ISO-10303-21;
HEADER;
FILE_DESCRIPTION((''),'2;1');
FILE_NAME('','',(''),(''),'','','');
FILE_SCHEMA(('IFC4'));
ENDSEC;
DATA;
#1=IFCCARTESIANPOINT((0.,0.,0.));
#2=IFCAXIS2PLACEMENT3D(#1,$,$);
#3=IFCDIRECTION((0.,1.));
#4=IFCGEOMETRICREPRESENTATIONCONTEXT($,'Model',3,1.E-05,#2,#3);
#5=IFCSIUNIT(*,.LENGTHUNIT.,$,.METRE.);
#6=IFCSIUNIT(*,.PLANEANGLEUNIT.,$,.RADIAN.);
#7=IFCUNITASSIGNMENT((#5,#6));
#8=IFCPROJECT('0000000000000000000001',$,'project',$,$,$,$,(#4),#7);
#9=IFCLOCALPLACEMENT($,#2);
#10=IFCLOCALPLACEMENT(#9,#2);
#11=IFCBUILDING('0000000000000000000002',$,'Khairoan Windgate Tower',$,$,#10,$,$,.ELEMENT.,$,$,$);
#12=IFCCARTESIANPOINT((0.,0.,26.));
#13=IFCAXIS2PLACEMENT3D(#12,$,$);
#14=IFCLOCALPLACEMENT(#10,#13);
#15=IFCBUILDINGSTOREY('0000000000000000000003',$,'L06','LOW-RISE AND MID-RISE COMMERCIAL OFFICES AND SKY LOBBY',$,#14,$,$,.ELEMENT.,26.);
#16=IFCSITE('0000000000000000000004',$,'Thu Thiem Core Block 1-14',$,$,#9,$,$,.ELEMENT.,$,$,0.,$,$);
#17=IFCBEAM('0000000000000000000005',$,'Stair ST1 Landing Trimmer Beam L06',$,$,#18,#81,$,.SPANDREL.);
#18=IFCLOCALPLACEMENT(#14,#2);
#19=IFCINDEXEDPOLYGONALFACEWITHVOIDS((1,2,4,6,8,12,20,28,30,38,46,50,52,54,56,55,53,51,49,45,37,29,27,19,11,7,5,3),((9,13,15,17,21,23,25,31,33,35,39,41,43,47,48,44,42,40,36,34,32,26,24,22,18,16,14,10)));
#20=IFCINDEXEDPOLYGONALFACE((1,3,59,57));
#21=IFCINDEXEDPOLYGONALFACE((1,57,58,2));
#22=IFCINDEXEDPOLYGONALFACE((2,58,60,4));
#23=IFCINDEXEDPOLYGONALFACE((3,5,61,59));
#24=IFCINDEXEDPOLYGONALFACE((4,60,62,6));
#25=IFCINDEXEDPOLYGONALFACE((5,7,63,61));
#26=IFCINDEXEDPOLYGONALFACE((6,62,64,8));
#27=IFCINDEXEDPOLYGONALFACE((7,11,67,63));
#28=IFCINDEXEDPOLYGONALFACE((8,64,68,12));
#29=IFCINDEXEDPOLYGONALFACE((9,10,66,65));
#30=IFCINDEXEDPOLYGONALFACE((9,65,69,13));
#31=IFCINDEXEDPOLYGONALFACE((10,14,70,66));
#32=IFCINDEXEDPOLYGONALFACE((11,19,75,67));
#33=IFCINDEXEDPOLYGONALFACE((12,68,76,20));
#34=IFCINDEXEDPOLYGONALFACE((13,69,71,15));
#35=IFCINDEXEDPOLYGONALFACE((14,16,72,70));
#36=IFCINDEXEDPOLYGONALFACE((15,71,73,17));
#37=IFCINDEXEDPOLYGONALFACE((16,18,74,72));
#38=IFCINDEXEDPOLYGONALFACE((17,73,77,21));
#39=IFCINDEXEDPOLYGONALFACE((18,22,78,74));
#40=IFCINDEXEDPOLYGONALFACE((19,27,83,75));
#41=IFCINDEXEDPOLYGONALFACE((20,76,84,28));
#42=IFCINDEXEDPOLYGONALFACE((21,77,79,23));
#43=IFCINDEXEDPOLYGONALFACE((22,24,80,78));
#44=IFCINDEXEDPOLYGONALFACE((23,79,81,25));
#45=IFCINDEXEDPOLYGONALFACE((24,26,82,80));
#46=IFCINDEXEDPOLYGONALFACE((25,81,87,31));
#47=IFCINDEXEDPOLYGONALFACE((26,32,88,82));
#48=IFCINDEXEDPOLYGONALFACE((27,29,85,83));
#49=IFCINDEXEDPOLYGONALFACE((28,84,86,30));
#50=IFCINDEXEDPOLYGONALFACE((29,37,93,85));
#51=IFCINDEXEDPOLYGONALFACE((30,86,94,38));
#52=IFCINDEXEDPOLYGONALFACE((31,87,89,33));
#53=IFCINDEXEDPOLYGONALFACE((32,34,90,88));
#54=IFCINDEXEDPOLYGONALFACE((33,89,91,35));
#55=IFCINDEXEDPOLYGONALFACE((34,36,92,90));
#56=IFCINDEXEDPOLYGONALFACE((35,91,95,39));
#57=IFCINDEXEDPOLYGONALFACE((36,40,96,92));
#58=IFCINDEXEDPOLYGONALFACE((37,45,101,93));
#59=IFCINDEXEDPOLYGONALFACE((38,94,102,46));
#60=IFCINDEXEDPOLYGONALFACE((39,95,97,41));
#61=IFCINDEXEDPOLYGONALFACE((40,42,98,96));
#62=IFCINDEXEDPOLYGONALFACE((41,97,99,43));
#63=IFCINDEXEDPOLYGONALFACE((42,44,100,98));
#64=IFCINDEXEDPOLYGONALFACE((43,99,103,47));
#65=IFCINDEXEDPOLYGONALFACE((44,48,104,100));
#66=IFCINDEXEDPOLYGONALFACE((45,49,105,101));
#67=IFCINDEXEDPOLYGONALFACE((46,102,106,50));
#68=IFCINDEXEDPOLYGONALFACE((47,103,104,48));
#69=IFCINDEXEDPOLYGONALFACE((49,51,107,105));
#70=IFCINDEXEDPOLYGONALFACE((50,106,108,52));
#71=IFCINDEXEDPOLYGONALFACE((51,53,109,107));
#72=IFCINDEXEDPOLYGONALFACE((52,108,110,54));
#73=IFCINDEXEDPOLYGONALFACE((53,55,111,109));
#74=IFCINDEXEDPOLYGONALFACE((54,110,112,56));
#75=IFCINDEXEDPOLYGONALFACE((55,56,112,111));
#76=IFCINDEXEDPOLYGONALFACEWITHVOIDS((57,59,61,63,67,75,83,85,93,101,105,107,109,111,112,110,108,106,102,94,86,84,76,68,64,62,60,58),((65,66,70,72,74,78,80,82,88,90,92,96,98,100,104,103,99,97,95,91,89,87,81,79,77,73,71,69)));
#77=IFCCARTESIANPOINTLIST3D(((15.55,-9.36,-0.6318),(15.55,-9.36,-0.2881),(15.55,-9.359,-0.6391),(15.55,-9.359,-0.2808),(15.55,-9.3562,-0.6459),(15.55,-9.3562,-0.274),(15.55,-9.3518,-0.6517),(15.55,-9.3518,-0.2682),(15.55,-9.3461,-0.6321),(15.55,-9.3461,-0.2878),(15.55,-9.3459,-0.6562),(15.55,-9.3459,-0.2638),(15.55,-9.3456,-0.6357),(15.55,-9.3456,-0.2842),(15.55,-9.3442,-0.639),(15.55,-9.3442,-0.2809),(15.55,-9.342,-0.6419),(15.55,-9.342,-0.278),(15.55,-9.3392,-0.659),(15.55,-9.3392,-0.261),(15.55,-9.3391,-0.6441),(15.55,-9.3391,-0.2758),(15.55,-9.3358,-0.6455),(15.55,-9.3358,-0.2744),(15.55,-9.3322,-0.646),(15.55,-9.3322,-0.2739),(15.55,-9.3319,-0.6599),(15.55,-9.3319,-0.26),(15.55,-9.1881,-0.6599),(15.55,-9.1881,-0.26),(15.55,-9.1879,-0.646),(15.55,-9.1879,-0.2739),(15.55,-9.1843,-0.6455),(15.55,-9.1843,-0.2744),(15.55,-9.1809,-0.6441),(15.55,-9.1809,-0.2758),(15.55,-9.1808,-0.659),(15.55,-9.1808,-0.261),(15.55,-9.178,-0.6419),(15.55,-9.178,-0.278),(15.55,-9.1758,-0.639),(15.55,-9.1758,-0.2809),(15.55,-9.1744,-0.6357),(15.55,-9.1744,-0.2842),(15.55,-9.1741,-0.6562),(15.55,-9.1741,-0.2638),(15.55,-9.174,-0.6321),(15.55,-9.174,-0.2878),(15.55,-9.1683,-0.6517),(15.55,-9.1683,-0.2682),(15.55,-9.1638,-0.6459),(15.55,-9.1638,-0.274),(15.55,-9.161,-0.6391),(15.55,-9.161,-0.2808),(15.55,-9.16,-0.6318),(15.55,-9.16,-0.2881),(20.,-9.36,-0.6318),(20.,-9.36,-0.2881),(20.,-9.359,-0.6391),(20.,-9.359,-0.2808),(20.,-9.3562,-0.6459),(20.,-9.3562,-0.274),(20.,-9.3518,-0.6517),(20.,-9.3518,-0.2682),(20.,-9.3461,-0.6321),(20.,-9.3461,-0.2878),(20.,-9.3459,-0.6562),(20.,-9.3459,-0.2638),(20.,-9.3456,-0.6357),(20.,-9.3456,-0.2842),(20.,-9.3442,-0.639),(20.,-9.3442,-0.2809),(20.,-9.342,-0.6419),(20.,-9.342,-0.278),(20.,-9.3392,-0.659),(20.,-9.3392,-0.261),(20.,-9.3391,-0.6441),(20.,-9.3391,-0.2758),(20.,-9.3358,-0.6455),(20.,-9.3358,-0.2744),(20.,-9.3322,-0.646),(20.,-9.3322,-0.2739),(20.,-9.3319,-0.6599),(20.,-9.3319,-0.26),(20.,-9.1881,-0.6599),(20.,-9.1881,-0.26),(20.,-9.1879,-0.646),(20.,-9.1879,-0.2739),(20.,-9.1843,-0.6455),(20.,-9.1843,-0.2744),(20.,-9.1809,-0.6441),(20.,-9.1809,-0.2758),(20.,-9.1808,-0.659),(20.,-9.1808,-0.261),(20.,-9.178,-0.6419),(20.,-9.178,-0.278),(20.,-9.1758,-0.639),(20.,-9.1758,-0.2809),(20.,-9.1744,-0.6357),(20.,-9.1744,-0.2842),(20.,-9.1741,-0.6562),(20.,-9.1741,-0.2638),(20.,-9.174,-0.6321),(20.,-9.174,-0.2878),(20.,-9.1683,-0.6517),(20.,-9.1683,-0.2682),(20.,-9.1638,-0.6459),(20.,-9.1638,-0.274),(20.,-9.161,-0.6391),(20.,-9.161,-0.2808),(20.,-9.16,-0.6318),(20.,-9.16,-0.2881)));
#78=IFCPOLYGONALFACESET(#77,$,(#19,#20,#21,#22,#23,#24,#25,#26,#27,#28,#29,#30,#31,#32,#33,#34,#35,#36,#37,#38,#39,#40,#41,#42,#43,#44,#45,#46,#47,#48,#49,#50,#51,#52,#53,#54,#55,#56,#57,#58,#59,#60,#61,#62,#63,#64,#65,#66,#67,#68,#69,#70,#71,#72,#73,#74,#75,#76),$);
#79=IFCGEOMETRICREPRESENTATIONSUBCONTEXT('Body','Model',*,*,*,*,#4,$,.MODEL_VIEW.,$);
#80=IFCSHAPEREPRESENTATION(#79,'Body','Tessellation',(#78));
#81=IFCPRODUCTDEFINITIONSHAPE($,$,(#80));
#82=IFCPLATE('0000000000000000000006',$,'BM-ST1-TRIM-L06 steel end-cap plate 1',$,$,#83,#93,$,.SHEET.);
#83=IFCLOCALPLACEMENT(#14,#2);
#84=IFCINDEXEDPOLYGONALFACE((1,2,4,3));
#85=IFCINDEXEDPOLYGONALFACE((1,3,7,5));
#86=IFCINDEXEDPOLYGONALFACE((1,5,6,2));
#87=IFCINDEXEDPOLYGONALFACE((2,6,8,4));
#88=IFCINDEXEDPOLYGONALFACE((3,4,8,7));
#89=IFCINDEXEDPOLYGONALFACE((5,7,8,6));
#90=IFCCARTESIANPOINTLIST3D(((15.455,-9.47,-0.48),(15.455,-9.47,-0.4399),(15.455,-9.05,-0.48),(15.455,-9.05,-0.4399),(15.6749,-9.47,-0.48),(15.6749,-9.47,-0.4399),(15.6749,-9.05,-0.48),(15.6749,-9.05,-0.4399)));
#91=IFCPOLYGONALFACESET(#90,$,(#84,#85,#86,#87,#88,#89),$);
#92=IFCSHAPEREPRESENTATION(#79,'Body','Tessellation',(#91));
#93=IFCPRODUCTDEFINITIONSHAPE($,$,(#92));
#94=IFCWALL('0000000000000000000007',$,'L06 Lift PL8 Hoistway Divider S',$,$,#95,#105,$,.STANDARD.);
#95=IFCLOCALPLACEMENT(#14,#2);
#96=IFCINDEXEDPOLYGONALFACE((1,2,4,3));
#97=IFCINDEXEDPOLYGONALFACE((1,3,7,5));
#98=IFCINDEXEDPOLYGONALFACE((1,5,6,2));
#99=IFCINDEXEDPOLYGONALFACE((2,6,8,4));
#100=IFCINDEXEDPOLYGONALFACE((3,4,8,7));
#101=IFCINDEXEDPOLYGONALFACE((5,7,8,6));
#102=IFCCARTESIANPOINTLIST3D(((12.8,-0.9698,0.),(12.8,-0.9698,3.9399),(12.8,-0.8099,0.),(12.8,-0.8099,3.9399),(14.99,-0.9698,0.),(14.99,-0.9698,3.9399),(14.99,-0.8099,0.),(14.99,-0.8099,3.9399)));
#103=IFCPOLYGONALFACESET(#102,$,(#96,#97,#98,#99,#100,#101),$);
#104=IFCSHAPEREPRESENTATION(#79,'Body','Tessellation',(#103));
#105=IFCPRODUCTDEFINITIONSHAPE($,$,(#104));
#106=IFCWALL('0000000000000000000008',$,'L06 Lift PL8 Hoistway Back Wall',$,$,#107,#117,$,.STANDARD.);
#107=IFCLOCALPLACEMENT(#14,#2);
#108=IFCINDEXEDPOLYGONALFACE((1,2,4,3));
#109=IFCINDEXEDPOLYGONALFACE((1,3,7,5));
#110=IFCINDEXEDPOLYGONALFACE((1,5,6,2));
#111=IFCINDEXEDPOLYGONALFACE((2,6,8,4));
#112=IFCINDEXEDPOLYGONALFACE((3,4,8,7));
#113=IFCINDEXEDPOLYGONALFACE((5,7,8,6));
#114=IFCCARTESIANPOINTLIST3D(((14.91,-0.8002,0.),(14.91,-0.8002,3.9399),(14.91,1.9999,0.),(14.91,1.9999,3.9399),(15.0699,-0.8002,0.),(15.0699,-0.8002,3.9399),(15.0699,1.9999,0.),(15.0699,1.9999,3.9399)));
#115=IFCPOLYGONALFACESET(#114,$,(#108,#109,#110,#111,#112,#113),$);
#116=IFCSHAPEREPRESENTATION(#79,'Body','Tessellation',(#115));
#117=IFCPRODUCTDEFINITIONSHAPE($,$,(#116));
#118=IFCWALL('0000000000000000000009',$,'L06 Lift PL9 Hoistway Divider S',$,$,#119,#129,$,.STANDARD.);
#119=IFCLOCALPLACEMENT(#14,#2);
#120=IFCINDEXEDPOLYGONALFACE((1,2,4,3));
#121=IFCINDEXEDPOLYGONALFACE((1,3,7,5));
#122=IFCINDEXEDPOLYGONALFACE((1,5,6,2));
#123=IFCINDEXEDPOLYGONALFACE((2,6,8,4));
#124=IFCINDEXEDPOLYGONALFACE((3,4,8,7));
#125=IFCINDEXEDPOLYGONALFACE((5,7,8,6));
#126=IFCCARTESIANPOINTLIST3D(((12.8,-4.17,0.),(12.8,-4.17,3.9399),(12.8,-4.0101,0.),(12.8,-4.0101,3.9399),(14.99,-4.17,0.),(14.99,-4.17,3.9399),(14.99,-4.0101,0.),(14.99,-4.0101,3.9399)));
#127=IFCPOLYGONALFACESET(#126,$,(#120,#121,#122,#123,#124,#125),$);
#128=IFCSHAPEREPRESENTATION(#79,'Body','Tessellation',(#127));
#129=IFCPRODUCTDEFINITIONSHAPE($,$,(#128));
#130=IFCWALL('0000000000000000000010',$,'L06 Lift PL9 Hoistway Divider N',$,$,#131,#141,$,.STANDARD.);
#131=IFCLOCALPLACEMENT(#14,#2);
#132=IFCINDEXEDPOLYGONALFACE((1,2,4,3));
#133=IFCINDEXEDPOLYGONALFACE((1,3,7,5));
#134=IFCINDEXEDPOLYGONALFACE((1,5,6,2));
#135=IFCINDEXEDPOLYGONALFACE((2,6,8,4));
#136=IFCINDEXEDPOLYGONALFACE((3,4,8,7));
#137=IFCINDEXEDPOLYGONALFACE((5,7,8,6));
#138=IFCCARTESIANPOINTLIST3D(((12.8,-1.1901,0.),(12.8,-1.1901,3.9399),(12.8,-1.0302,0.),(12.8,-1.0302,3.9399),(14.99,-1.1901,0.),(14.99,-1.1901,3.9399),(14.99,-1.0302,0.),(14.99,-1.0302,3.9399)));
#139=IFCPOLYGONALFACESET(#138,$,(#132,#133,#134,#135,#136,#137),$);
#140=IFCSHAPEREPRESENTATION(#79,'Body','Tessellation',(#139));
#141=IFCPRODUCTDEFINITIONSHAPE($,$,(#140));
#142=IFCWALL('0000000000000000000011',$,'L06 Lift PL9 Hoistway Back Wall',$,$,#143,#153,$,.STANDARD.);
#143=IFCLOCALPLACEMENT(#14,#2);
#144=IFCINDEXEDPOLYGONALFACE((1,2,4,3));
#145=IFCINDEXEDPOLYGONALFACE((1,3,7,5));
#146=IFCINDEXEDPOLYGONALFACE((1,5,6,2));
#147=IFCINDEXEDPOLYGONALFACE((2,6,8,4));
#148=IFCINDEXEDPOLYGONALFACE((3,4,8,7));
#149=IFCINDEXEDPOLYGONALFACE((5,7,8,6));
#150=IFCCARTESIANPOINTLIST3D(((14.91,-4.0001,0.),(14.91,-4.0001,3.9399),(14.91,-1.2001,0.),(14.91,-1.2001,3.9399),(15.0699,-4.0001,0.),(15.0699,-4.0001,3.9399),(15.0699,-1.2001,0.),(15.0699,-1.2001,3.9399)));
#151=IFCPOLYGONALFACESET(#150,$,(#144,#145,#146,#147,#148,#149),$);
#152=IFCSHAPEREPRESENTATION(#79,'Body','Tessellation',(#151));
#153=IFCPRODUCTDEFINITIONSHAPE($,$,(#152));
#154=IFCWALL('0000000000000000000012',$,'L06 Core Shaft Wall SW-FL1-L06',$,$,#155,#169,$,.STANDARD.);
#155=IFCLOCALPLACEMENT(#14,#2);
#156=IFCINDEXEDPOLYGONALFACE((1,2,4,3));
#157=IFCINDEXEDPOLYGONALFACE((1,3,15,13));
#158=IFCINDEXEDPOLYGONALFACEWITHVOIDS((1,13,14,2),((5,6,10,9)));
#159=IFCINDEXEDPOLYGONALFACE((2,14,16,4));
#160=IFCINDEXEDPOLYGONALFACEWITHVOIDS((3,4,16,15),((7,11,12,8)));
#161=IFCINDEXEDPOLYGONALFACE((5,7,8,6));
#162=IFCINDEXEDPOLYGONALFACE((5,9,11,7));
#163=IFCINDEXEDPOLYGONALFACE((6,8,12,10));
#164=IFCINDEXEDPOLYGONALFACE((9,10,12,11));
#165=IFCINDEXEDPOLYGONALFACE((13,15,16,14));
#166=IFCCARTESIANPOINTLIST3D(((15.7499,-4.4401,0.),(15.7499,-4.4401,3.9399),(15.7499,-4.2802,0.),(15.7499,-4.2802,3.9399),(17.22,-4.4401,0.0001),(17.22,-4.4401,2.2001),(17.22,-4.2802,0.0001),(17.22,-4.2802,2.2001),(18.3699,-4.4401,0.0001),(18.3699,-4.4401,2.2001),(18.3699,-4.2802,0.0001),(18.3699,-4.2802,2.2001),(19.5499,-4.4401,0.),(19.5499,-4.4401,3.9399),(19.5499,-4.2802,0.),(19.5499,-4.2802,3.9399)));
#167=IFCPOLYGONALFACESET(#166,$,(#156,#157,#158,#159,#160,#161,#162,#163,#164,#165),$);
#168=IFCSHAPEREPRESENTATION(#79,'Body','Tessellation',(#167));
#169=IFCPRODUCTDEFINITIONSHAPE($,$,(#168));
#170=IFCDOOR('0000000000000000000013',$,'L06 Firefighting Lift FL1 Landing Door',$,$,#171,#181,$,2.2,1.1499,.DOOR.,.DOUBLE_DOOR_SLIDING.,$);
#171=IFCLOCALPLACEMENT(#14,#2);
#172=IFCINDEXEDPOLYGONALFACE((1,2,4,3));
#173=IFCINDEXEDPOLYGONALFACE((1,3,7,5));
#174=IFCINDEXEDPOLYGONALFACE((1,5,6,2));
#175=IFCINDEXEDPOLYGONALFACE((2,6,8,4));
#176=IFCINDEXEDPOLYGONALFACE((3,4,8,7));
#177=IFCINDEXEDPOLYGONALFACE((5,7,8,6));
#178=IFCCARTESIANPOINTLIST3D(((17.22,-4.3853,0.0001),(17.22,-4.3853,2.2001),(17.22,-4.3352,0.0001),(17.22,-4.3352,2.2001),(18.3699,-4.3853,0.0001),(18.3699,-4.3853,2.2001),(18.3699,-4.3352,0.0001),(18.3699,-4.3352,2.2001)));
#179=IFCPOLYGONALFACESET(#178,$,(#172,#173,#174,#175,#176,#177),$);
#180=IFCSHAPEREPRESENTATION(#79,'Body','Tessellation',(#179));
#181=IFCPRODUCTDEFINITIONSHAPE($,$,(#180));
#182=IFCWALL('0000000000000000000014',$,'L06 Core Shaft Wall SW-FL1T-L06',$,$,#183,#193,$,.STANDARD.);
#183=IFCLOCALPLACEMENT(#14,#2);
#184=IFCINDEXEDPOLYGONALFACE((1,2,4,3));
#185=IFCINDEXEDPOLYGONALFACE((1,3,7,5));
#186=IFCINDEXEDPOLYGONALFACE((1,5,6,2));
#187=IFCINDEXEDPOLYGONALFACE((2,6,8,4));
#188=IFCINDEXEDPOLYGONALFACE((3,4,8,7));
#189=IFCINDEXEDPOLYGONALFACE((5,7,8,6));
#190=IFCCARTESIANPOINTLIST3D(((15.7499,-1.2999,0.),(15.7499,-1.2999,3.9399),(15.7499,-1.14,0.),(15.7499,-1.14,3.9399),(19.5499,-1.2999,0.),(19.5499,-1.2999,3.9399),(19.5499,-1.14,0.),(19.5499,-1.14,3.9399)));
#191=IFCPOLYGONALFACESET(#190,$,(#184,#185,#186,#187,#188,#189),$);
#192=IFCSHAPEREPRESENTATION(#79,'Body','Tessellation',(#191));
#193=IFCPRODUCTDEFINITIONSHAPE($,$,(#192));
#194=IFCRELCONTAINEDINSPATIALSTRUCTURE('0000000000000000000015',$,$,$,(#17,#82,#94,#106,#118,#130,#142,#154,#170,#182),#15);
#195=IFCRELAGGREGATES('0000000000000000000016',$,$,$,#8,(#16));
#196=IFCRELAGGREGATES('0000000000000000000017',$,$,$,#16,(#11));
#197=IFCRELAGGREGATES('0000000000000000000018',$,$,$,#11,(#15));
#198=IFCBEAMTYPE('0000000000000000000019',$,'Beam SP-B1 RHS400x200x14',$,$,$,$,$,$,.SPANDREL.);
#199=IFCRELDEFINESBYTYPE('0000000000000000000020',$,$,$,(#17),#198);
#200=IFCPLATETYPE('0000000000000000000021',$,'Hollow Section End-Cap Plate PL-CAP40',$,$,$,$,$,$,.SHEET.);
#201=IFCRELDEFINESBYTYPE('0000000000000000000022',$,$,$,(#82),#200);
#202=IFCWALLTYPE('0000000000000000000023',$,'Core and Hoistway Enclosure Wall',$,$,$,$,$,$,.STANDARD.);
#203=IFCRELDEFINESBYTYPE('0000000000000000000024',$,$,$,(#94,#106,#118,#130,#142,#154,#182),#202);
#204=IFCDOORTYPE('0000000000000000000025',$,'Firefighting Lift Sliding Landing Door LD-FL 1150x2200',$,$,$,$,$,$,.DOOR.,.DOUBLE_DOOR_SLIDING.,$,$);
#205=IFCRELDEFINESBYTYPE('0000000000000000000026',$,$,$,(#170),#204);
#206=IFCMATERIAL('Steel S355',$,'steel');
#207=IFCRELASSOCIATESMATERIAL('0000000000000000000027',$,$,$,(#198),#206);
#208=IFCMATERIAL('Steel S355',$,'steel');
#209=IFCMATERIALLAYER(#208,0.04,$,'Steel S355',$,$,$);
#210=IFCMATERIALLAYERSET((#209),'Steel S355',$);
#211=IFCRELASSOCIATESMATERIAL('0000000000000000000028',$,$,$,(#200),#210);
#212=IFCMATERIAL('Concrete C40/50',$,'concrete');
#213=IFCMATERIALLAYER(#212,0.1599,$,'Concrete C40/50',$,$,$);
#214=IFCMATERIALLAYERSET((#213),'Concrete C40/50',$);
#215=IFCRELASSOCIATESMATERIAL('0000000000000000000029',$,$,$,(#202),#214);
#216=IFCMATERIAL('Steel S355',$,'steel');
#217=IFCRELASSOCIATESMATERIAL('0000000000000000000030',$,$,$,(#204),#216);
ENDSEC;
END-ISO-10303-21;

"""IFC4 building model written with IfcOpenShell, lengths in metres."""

from ifc_helpers import new_model, si_unit, direction, frame, frame_2d, origin, origin_2d, place, context, subcontext, project, spatial, rectangle, hollow_rectangle, extrude, material, layer, layer_set, material_profile, profile_set, type_object, element, fill, save


model = new_model("IFC4")

# Units and contexts
model_context = context("Model", 3, precision=1e-05, world=origin(), true_north=direction((0.0, 1.0)))
body_context = subcontext(model_context, "Body", "Model", "MODEL_VIEW")
ifc_project = project(units=[si_unit("LENGTHUNIT", "METRE"), si_unit("PLANEANGLEUNIT", "RADIAN")], contexts=[model_context])

# Site, building, storey
site_placement = place(None, origin())
site = spatial("IfcSite", under=ifc_project, at=site_placement, Name="Thu Thiem Core Block 1-14", CompositionType="ELEMENT", RefElevation=0.0)
building_placement = place(site_placement, origin())
building = spatial("IfcBuilding", under=site, at=building_placement, Name="Khairoan Windgate Tower", CompositionType="ELEMENT")
storey_placement = place(building_placement, frame((0.0, 0.0, 26.0)))
storey = spatial("IfcBuildingStorey", under=building, at=storey_placement, Name="L06", Description="LOW-RISE AND MID-RISE COMMERCIAL OFFICES AND SKY LOBBY", CompositionType="ELEMENT", Elevation=26.0)

# Beam
ifc_material_1 = material(Name="Steel S355", Category="steel")
ifc_material_profile_1 = material_profile(ifc_material_1, hollow_rectangle(XDim=0.2, YDim=0.3999, WallThickness=0.0139, InnerFilletRadius=0.0139, OuterFilletRadius=0.0281, at=origin_2d()))
ifc_profile_set_1 = profile_set([ifc_material_profile_1], Name="Steel S355")
beam_type_1 = type_object("IfcBeamType", Name="Beam SP-B1 RHS400x200x14", PredefinedType="SPANDREL", material=ifc_profile_set_1)
beam_1_placement = place(storey_placement, frame((15.55, -9.26, -0.46), z_axis=(1.0, 0.0, 0.0), x_axis=(0.0, 1.0, 0.0)))
element("IfcBeam", 1, at=beam_1_placement, inside=storey, type_object=beam_type_1, Name="Stair ST1 Landing Trimmer Beam L06", PredefinedType="SPANDREL", context=body_context, shape_type="SweptSolid", body=[
    extrude(hollow_rectangle(XDim=0.2, YDim=0.3999, WallThickness=0.0139, InnerFilletRadius=0.0139, OuterFilletRadius=0.0281, at=origin_2d()), origin(), (0.0, 0.0, 1.0), 4.45),
])

# Plate
ifc_material_2 = material(Name="Steel S355", Category="steel")
ifc_layer_1 = layer(ifc_material_2, 0.04, Name="Steel S355")
ifc_layer_set_1 = layer_set([ifc_layer_1], Name="Steel S355")
plate_type = type_object("IfcPlateType", Name="Hollow Section End-Cap Plate PL-CAP40", PredefinedType="SHEET", material=ifc_layer_set_1)
plate_placement = place(storey_placement, frame((15.5649, -9.26, -0.48), z_axis=(0.0, 0.0, 1.0), x_axis=(1.0, 0.0, 0.0)))
element("IfcPlate", 2, at=plate_placement, inside=storey, type_object=plate_type, Name="BM-ST1-TRIM-L06 steel end-cap plate 1", PredefinedType="SHEET", context=body_context, shape_type="SweptSolid", body=[
    extrude(rectangle(XDim=0.22, YDim=0.4199, at=origin_2d()), origin(), (0.0, 0.0, 1.0), 0.04),
])

# Walls
ifc_material_3 = material(Name="Concrete C40/50", Category="concrete")
ifc_layer_2 = layer(ifc_material_3, 0.1599, Name="Concrete C40/50")
ifc_layer_set_2 = layer_set([ifc_layer_2], Name="Concrete C40/50")
wall_type_1 = type_object("IfcWallType", Name="Core and Hoistway Enclosure Wall", PredefinedType="STANDARD", material=ifc_layer_set_2)
wall_1_placement = place(storey_placement, frame((12.8, -0.8899, 0.0), z_axis=(0.0, 0.0, 1.0), x_axis=(1.0, 0.0, 0.0)))
element("IfcWall", 3, at=wall_1_placement, inside=storey, type_object=wall_type_1, Name="L06 Lift PL8 Hoistway Divider S", PredefinedType="STANDARD", context=body_context, shape_type="SweptSolid", body=[
    extrude(rectangle(XDim=2.1899, YDim=0.1599, at=frame_2d((1.095, 0.0))), origin(), (0.0, 0.0, 1.0), 3.9399),
])
wall_2_placement = place(storey_placement, frame((14.99, -0.8, 0.0), z_axis=(0.0, 0.0, 1.0), x_axis=(0.0, 1.0, 0.0)))
element("IfcWall", 4, at=wall_2_placement, inside=storey, type_object=wall_type_1, Name="L06 Lift PL8 Hoistway Back Wall", PredefinedType="STANDARD", context=body_context, shape_type="SweptSolid", body=[
    extrude(rectangle(XDim=2.8, YDim=0.1599, at=frame_2d((1.3999, 0.0))), origin(), (0.0, 0.0, 1.0), 3.9399),
])
for number, where, z_axis, x_axis, name in (
    (5, (12.8, -4.0901, 0.0), (0.0, 0.0, 1.0), (1.0, 0.0, 0.0), "L06 Lift PL9 Hoistway Divider S"),
    (6, (12.8, -1.1101, 0.0), (0.0, 0.0, 1.0), (1.0, 0.0, 0.0), "L06 Lift PL9 Hoistway Divider N"),
):
    element("IfcWall", number, at=place(storey_placement, frame(where, z_axis=z_axis, x_axis=x_axis)), inside=storey, type_object=wall_type_1, Name=name, PredefinedType="STANDARD", context=body_context, shape_type="SweptSolid", body=[
        extrude(rectangle(XDim=2.1899, YDim=0.1599, at=frame_2d((1.095, 0.0))), origin(), (0.0, 0.0, 1.0), 3.9399),
    ])
wall_3_placement = place(storey_placement, frame((14.99, -4.0, 0.0), z_axis=(0.0, 0.0, 1.0), x_axis=(0.0, 1.0, 0.0)))
element("IfcWall", 7, at=wall_3_placement, inside=storey, type_object=wall_type_1, Name="L06 Lift PL9 Hoistway Back Wall", PredefinedType="STANDARD", context=body_context, shape_type="SweptSolid", body=[
    extrude(rectangle(XDim=2.8, YDim=0.1599, at=frame_2d((1.3999, 0.0))), origin(), (0.0, 0.0, 1.0), 3.9399),
])

# Wall, opening, door
wall_4_placement = place(storey_placement, frame((15.75, -4.3601, 0.0), z_axis=(0.0, 0.0, 1.0), x_axis=(1.0, 0.0, 0.0)))
wall_4 = element("IfcWall", 8, at=wall_4_placement, inside=storey, type_object=wall_type_1, Name="L06 Core Shaft Wall SW-FL1-L06", PredefinedType="STANDARD", context=body_context, shape_type="SweptSolid", body=[
    extrude(rectangle(XDim=3.8, YDim=0.1599, at=frame_2d((1.8999, 0.0))), origin(), (0.0, 0.0, 1.0), 3.9399),
])
opening_1_placement = place(wall_4_placement, frame((1.47, 0.0, 0.0)))
opening_1 = element("IfcOpeningElement", 9, at=opening_1_placement, cuts=wall_4, PredefinedType="OPENING", context=body_context, shape_type="SweptSolid", body=[
    extrude(rectangle(XDim=1.1499, YDim=2.2, at=frame_2d((0.575, 1.1001))), frame((0.0, 0.0898, 0.0), z_axis=(0.0, -1.0, 0.0), x_axis=(1.0, 0.0, 0.0)), (0.0, 0.0, 1.0), 0.1799),
])
ifc_material_4 = material(Name="Steel S355", Category="steel")
door_type_1 = type_object("IfcDoorType", Name="Firefighting Lift Sliding Landing Door LD-FL 1150x2200", OperationType="DOUBLE_DOOR_SLIDING", PredefinedType="DOOR", material=ifc_material_4)
door_1_placement = place(opening_1_placement, origin())
door_1 = element("IfcDoor", 10, at=door_1_placement, inside=storey, type_object=door_type_1, Name="L06 Firefighting Lift FL1 Landing Door", OperationType="DOUBLE_DOOR_SLIDING", OverallHeight=2.2, OverallWidth=1.1499, PredefinedType="DOOR", context=body_context, shape_type="SweptSolid", body=[
    extrude(rectangle(XDim=1.1499, YDim=2.2, at=frame_2d((0.575, 1.1001))), frame((0.0, 0.0249, 0.0), z_axis=(0.0, -1.0, 0.0), x_axis=(1.0, 0.0, 0.0)), (0.0, 0.0, 1.0), 0.05),
])
fill(opening_1, door_1)

# Wall
wall_5_placement = place(storey_placement, frame((15.75, -1.22, 0.0), z_axis=(0.0, 0.0, 1.0), x_axis=(1.0, 0.0, 0.0)))
element("IfcWall", 11, at=wall_5_placement, inside=storey, type_object=wall_type_1, Name="L06 Core Shaft Wall SW-FL1T-L06", PredefinedType="STANDARD", context=body_context, shape_type="SweptSolid", body=[
    extrude(rectangle(XDim=3.8, YDim=0.1599, at=frame_2d((1.8999, 0.0))), origin(), (0.0, 0.0, 1.0), 3.9399),
])

save(model, "model.ifc")
